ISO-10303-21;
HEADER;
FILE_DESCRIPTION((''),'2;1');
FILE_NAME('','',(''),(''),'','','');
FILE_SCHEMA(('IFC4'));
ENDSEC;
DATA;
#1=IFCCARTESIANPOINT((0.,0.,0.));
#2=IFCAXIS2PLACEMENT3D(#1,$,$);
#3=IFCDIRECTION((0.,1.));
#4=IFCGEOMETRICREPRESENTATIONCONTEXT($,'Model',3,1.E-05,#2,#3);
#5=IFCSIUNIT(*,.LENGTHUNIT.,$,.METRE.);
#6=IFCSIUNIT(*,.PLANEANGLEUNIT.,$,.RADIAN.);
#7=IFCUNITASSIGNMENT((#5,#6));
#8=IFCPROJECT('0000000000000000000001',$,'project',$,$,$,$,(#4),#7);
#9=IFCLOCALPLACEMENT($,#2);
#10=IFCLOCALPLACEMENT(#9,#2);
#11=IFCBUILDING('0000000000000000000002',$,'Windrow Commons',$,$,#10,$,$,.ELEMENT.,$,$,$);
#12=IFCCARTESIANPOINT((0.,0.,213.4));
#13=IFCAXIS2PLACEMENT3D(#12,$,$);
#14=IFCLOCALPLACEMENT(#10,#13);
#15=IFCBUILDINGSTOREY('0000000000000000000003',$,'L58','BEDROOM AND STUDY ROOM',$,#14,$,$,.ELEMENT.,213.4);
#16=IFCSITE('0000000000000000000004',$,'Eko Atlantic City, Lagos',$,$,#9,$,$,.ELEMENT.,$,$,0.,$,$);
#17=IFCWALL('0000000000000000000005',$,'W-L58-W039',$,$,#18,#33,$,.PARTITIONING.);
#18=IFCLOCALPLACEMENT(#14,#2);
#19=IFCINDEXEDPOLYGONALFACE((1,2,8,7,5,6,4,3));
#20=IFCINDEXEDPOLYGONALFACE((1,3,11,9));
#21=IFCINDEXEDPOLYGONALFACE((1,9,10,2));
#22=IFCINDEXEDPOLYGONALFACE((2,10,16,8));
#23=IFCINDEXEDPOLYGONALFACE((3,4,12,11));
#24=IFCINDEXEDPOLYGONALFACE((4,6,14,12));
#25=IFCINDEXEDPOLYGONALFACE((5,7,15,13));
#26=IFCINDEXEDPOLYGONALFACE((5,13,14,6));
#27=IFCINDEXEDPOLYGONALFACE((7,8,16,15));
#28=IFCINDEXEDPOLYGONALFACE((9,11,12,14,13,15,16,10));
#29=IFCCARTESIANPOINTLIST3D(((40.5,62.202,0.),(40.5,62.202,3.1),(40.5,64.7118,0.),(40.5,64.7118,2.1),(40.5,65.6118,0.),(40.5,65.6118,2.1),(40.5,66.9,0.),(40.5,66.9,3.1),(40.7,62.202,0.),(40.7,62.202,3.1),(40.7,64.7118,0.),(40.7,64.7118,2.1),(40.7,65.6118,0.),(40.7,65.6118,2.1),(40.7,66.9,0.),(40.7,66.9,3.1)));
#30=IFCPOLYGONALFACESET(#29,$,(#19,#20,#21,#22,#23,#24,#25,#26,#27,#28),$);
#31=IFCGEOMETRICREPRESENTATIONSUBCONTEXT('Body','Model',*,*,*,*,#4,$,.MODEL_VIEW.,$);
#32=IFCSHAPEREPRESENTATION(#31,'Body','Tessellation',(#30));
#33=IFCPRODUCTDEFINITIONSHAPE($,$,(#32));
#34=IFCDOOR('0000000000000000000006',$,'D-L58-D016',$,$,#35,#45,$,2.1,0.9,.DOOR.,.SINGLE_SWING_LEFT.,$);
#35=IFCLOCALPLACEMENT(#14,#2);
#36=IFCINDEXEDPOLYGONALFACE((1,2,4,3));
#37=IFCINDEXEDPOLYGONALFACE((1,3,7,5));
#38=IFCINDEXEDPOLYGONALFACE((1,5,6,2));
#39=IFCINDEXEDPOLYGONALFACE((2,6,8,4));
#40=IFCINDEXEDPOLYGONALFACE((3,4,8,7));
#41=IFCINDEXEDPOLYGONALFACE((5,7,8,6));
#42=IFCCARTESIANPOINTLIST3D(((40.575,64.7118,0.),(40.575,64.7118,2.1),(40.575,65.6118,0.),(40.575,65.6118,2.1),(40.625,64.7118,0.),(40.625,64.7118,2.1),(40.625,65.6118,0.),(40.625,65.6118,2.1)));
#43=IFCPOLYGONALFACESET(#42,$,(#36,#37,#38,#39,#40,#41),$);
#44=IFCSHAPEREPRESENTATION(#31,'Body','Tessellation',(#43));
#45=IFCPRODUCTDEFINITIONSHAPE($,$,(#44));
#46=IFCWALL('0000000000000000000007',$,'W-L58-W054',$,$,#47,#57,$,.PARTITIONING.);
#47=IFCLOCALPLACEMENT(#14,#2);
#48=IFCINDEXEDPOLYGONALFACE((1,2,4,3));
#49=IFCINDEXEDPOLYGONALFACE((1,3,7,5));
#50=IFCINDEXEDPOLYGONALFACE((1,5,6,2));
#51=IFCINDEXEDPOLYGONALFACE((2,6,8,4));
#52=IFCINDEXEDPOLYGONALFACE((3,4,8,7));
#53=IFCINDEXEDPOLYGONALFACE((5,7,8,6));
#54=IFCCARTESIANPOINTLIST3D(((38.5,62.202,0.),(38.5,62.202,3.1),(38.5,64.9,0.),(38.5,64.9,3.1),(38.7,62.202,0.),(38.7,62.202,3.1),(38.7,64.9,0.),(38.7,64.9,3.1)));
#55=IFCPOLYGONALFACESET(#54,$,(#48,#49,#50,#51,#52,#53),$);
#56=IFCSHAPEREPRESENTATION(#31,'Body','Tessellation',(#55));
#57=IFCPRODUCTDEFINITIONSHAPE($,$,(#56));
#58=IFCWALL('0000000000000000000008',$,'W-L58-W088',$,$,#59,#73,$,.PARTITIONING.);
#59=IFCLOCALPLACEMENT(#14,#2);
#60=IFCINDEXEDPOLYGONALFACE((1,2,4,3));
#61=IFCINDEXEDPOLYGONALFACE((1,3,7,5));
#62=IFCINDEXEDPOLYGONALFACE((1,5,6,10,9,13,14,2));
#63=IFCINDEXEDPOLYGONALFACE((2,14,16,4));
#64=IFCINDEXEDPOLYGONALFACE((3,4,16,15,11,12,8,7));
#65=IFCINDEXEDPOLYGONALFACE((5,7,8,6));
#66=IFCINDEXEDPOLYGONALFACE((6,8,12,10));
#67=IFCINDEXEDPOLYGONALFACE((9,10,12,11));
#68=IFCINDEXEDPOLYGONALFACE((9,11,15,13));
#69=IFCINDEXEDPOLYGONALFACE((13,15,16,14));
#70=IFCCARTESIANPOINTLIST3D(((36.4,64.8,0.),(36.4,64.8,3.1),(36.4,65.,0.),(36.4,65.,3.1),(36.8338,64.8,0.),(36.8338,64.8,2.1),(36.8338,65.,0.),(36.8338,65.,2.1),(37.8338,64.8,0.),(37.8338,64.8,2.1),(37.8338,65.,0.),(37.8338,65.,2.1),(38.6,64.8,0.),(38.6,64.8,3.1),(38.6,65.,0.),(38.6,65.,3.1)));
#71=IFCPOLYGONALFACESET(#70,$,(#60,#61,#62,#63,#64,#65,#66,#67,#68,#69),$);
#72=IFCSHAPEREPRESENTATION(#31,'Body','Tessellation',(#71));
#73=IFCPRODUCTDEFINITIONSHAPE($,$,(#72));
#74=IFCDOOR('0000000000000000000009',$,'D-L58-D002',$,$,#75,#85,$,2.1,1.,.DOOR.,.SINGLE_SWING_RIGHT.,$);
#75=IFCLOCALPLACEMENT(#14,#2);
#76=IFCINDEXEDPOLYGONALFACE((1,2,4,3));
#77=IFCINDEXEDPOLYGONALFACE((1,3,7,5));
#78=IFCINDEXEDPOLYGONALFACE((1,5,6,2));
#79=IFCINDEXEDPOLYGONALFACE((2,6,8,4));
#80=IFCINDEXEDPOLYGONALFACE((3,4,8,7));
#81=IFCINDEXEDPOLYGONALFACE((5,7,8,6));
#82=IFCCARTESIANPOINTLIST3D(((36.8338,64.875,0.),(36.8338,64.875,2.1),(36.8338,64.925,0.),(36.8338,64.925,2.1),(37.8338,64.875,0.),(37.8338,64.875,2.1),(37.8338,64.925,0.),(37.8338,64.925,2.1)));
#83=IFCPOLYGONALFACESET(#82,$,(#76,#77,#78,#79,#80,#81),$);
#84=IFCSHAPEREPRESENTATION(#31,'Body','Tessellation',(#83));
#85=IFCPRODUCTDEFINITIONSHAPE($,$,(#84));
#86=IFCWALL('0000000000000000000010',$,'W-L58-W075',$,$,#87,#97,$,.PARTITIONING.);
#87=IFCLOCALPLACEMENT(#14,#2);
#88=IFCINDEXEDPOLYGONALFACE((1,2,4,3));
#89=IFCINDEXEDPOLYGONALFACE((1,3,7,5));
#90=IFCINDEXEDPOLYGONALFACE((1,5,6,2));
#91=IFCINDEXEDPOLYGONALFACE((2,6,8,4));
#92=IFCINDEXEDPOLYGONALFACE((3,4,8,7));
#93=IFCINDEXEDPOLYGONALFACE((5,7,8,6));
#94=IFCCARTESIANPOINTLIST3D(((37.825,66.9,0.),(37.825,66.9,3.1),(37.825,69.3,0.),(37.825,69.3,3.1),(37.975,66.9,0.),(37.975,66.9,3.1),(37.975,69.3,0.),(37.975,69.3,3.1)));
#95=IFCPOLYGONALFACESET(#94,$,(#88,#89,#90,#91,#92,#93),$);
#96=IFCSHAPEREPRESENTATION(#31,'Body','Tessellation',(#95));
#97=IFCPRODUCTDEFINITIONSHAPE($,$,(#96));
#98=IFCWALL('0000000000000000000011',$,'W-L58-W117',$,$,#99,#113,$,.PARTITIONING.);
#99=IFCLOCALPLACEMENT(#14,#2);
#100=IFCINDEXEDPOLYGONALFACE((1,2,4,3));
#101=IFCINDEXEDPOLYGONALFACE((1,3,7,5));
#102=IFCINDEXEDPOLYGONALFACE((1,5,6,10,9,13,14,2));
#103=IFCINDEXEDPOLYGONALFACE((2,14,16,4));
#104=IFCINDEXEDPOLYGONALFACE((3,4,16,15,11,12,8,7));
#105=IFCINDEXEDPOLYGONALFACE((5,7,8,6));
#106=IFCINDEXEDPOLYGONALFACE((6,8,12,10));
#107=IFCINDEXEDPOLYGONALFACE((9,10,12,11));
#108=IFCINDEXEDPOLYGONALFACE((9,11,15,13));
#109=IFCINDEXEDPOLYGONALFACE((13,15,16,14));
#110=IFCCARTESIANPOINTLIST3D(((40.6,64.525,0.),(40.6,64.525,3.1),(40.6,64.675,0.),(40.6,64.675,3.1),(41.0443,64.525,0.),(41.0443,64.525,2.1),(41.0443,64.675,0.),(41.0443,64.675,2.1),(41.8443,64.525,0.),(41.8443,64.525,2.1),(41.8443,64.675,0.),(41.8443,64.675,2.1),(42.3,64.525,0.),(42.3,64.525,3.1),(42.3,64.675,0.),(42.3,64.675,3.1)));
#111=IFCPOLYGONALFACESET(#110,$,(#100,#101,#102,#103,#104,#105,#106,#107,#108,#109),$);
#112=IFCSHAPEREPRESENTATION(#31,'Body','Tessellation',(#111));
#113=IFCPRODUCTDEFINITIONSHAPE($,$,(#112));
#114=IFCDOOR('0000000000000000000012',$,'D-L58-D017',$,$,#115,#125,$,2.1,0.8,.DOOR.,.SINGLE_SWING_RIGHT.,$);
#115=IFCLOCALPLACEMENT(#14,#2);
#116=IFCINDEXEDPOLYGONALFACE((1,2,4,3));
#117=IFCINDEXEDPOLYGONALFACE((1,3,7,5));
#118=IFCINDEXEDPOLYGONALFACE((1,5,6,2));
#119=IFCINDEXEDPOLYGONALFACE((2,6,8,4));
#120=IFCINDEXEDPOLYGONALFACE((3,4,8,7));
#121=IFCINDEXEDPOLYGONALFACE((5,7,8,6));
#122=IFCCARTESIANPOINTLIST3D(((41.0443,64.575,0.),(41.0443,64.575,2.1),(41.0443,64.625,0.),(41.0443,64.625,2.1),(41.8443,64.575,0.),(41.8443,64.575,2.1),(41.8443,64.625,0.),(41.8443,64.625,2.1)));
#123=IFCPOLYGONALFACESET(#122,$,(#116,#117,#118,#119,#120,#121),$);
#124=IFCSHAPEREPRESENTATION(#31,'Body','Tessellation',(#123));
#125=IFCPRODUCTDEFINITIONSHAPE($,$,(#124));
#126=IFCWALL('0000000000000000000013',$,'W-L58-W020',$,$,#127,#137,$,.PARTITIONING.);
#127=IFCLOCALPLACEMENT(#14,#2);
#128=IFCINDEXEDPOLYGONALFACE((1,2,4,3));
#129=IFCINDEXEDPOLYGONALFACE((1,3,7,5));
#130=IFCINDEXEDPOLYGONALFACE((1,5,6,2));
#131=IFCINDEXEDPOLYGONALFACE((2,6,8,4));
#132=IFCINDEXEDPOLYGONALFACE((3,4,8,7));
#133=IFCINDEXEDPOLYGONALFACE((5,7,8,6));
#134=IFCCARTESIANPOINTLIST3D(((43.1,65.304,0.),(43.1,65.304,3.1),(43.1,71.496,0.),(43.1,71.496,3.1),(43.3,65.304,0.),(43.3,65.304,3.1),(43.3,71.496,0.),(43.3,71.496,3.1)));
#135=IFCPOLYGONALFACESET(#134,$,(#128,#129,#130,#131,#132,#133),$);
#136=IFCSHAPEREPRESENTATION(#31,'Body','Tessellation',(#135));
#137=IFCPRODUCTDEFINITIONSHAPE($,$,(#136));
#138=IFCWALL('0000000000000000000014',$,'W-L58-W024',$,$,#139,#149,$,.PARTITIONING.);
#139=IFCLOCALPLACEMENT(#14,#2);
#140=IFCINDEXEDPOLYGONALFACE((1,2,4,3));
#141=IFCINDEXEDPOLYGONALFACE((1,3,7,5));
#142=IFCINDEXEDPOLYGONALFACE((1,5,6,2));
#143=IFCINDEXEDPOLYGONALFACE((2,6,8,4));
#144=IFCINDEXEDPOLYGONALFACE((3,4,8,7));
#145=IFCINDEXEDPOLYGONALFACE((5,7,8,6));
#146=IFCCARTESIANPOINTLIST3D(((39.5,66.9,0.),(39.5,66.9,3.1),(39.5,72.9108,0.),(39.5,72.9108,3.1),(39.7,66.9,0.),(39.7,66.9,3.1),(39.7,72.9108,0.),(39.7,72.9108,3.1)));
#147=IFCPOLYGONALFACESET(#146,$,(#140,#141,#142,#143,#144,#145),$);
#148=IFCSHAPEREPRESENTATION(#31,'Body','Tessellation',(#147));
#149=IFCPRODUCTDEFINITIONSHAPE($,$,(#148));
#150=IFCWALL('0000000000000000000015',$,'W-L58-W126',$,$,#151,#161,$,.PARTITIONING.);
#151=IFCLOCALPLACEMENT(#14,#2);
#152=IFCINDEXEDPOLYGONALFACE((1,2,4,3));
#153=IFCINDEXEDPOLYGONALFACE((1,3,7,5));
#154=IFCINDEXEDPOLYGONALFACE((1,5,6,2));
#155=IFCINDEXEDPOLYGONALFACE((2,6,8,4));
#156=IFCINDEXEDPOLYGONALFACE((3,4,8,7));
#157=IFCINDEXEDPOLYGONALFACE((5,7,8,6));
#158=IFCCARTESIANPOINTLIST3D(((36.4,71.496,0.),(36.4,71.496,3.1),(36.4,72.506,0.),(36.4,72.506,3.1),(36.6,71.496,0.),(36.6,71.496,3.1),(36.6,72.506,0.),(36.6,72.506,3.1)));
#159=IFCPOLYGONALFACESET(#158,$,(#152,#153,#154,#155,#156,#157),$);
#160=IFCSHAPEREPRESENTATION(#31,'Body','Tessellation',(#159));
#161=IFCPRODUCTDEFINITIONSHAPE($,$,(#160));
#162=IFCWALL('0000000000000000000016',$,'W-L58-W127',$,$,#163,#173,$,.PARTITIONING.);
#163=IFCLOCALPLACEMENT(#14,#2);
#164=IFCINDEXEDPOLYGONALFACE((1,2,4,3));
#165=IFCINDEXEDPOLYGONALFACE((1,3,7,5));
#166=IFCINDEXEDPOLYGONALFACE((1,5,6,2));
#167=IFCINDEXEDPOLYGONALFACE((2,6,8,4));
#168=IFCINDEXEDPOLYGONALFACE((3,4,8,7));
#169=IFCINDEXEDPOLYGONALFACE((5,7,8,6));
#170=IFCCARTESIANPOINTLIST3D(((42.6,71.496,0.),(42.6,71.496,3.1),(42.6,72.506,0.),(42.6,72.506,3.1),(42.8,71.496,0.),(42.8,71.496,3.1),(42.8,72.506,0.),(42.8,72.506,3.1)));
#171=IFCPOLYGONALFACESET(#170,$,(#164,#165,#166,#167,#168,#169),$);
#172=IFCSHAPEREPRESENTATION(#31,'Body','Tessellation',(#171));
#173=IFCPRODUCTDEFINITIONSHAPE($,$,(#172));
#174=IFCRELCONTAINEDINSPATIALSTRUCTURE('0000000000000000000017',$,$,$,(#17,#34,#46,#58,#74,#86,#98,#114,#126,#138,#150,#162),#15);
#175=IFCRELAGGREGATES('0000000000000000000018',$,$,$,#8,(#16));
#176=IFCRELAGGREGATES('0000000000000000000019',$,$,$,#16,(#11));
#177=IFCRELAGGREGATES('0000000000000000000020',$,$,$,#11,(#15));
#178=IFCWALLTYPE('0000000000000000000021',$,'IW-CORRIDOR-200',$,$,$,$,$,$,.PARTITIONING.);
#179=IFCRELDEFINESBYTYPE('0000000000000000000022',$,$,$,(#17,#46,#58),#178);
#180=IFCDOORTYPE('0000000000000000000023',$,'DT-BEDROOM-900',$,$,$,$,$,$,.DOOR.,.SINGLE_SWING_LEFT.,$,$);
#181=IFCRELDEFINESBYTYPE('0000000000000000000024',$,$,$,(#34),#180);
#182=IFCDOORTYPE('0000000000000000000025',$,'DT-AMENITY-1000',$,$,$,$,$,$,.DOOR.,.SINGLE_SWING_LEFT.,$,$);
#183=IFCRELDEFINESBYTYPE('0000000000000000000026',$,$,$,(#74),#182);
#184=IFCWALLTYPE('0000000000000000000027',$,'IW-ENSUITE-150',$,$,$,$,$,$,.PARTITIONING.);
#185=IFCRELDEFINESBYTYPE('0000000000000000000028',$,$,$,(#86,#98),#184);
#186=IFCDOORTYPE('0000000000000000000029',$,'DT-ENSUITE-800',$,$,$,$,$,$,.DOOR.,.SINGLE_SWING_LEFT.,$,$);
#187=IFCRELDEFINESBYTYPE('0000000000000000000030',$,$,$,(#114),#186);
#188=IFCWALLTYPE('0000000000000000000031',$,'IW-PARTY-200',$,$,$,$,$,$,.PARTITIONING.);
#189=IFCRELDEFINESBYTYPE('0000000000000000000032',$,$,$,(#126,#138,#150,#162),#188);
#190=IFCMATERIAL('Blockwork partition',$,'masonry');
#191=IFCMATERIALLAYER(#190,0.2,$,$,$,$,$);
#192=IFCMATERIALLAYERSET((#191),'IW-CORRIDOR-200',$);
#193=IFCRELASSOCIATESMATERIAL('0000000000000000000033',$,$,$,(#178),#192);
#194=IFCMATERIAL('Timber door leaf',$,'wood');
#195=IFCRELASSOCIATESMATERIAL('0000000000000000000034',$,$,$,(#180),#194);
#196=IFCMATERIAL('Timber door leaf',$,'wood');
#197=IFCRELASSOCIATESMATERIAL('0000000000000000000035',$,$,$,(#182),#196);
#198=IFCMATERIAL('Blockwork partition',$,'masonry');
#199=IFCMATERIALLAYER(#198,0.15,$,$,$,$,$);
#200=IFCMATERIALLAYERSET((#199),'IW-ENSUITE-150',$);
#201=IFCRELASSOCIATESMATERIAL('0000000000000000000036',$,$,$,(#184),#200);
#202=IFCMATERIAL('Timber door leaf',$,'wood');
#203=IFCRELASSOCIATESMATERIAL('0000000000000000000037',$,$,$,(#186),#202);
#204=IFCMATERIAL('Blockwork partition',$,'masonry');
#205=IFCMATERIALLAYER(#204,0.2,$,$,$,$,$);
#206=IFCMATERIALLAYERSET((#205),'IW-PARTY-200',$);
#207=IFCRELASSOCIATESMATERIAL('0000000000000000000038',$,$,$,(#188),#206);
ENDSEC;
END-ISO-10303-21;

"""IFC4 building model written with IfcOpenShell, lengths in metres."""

from ifc_helpers import new_model, si_unit, direction, frame, frame_2d, origin, place, context, subcontext, project, spatial, rectangle, extrude, material, layer, layer_set, type_object, element, fill, save


model = new_model("IFC4")

# Units and contexts
model_context = context("Model", 3, precision=1e-05, world=origin(), true_north=direction((0.0, 1.0)))
body_context = subcontext(model_context, "Body", "Model", "MODEL_VIEW")
ifc_project = project(units=[si_unit("LENGTHUNIT", "METRE"), si_unit("PLANEANGLEUNIT", "RADIAN")], contexts=[model_context])

# Site, building, storey
site_placement = place(None, origin())
site = spatial("IfcSite", under=ifc_project, at=site_placement, Name="Eko Atlantic City, Lagos", CompositionType="ELEMENT", RefElevation=0.0)
building_placement = place(site_placement, origin())
building = spatial("IfcBuilding", under=site, at=building_placement, Name="Windrow Commons", CompositionType="ELEMENT")
storey_placement = place(building_placement, frame((0.0, 0.0, 213.4)))
storey = spatial("IfcBuildingStorey", under=building, at=storey_placement, Name="L58", Description="BEDROOM AND STUDY ROOM", CompositionType="ELEMENT", Elevation=213.4)

# Wall, opening, door
ifc_material_1 = material(Name="Blockwork partition", Category="masonry")
ifc_layer_1 = layer(ifc_material_1, 0.2)
ifc_layer_set_1 = layer_set([ifc_layer_1], Name="IW-CORRIDOR-200")
wall_type_1 = type_object("IfcWallType", Name="IW-CORRIDOR-200", PredefinedType="PARTITIONING", material=ifc_layer_set_1)
wall_1_placement = place(storey_placement, frame((40.6, 62.202, 0.0), z_axis=(0.0, 0.0, 1.0), x_axis=(0.0, 1.0, 0.0)))
wall_1 = element("IfcWall", 1, at=wall_1_placement, inside=storey, type_object=wall_type_1, Name="W-L58-W039", PredefinedType="PARTITIONING", context=body_context, shape_type="SweptSolid", body=[
    extrude(rectangle(XDim=4.698, YDim=0.2, at=frame_2d((2.349, 0.0))), origin(), (0.0, 0.0, 1.0), 3.1),
])
opening_1_placement = place(wall_1_placement, frame((2.5098, 0.0, 0.0)))
opening_1 = element("IfcOpeningElement", 2, at=opening_1_placement, cuts=wall_1, PredefinedType="OPENING", context=body_context, shape_type="SweptSolid", body=[
    extrude(rectangle(XDim=0.9, YDim=2.1, at=frame_2d((0.45, 1.05))), frame((0.0, 0.11, 0.0), z_axis=(0.0, -1.0, 0.0), x_axis=(1.0, 0.0, 0.0)), (0.0, 0.0, 1.0), 0.22),
])
ifc_material_2 = material(Name="Timber door leaf", Category="wood")
door_type_1 = type_object("IfcDoorType", Name="DT-BEDROOM-900", OperationType="SINGLE_SWING_LEFT", PredefinedType="DOOR", material=ifc_material_2)
door_1_placement = place(opening_1_placement, origin())
door_1 = element("IfcDoor", 3, at=door_1_placement, inside=storey, type_object=door_type_1, Name="D-L58-D016", OperationType="SINGLE_SWING_LEFT", OverallHeight=2.1, OverallWidth=0.9, PredefinedType="DOOR", context=body_context, shape_type="SweptSolid", body=[
    extrude(rectangle(XDim=0.9, YDim=2.1, at=frame_2d((0.45, 1.05))), frame((0.0, 0.025, 0.0), z_axis=(0.0, -1.0, 0.0), x_axis=(1.0, 0.0, 0.0)), (0.0, 0.0, 1.0), 0.05),
])
fill(opening_1, door_1)

# Wall
wall_2_placement = place(storey_placement, frame((38.6, 62.202, 0.0), z_axis=(0.0, 0.0, 1.0), x_axis=(0.0, 1.0, 0.0)))
element("IfcWall", 4, at=wall_2_placement, inside=storey, type_object=wall_type_1, Name="W-L58-W054", PredefinedType="PARTITIONING", context=body_context, shape_type="SweptSolid", body=[
    extrude(rectangle(XDim=2.698, YDim=0.2, at=frame_2d((1.349, 0.0))), origin(), (0.0, 0.0, 1.0), 3.1),
])

# Wall, opening, door
wall_3_placement = place(storey_placement, frame((36.4, 64.9, 0.0), z_axis=(0.0, 0.0, 1.0), x_axis=(1.0, 0.0, 0.0)))
wall_3 = element("IfcWall", 5, at=wall_3_placement, inside=storey, type_object=wall_type_1, Name="W-L58-W088", PredefinedType="PARTITIONING", context=body_context, shape_type="SweptSolid", body=[
    extrude(rectangle(XDim=2.2, YDim=0.2, at=frame_2d((1.1, 0.0))), origin(), (0.0, 0.0, 1.0), 3.1),
])
opening_2_placement = place(wall_3_placement, frame((0.4338, 0.0, 0.0)))
opening_2 = element("IfcOpeningElement", 6, at=opening_2_placement, cuts=wall_3, PredefinedType="OPENING", context=body_context, shape_type="SweptSolid", body=[
    extrude(rectangle(XDim=1.0, YDim=2.1, at=frame_2d((0.5, 1.05))), frame((0.0, 0.11, 0.0), z_axis=(0.0, -1.0, 0.0), x_axis=(1.0, 0.0, 0.0)), (0.0, 0.0, 1.0), 0.22),
])
ifc_material_3 = material(Name="Timber door leaf", Category="wood")
door_type_2 = type_object("IfcDoorType", Name="DT-AMENITY-1000", OperationType="SINGLE_SWING_LEFT", PredefinedType="DOOR", material=ifc_material_3)
door_2_placement = place(opening_2_placement, origin())
door_2 = element("IfcDoor", 7, at=door_2_placement, inside=storey, type_object=door_type_2, Name="D-L58-D002", OperationType="SINGLE_SWING_RIGHT", OverallHeight=2.1, OverallWidth=1.0, PredefinedType="DOOR", context=body_context, shape_type="SweptSolid", body=[
    extrude(rectangle(XDim=1.0, YDim=2.1, at=frame_2d((0.5, 1.05))), frame((0.0, 0.025, 0.0), z_axis=(0.0, -1.0, 0.0), x_axis=(1.0, 0.0, 0.0)), (0.0, 0.0, 1.0), 0.05),
])
fill(opening_2, door_2)

# Wall
ifc_material_4 = material(Name="Blockwork partition", Category="masonry")
ifc_layer_2 = layer(ifc_material_4, 0.15)
ifc_layer_set_2 = layer_set([ifc_layer_2], Name="IW-ENSUITE-150")
wall_type_2 = type_object("IfcWallType", Name="IW-ENSUITE-150", PredefinedType="PARTITIONING", material=ifc_layer_set_2)
wall_4_placement = place(storey_placement, frame((37.9, 66.9, 0.0), z_axis=(0.0, 0.0, 1.0), x_axis=(0.0, 1.0, 0.0)))
element("IfcWall", 8, at=wall_4_placement, inside=storey, type_object=wall_type_2, Name="W-L58-W075", PredefinedType="PARTITIONING", context=body_context, shape_type="SweptSolid", body=[
    extrude(rectangle(XDim=2.4, YDim=0.15, at=frame_2d((1.2, 0.0))), origin(), (0.0, 0.0, 1.0), 3.1),
])

# Wall, opening, door
wall_5_placement = place(storey_placement, frame((40.6, 64.6, 0.0), z_axis=(0.0, 0.0, 1.0), x_axis=(1.0, 0.0, 0.0)))
wall_5 = element("IfcWall", 9, at=wall_5_placement, inside=storey, type_object=wall_type_2, Name="W-L58-W117", PredefinedType="PARTITIONING", context=body_context, shape_type="SweptSolid", body=[
    extrude(rectangle(XDim=1.7, YDim=0.15, at=frame_2d((0.85, 0.0))), origin(), (0.0, 0.0, 1.0), 3.1),
])
opening_3_placement = place(wall_5_placement, frame((0.4443, 0.0, 0.0)))
opening_3 = element("IfcOpeningElement", 10, at=opening_3_placement, cuts=wall_5, PredefinedType="OPENING", context=body_context, shape_type="SweptSolid", body=[
    extrude(rectangle(XDim=0.8, YDim=2.1, at=frame_2d((0.4, 1.05))), frame((0.0, 0.085, 0.0), z_axis=(0.0, -1.0, 0.0), x_axis=(1.0, 0.0, 0.0)), (0.0, 0.0, 1.0), 0.17),
])
ifc_material_5 = material(Name="Timber door leaf", Category="wood")
door_type_3 = type_object("IfcDoorType", Name="DT-ENSUITE-800", OperationType="SINGLE_SWING_LEFT", PredefinedType="DOOR", material=ifc_material_5)
door_3_placement = place(opening_3_placement, origin())
door_3 = element("IfcDoor", 11, at=door_3_placement, inside=storey, type_object=door_type_3, Name="D-L58-D017", OperationType="SINGLE_SWING_RIGHT", OverallHeight=2.1, OverallWidth=0.8, PredefinedType="DOOR", context=body_context, shape_type="SweptSolid", body=[
    extrude(rectangle(XDim=0.8, YDim=2.1, at=frame_2d((0.4, 1.05))), frame((0.0, 0.025, 0.0), z_axis=(0.0, -1.0, 0.0), x_axis=(1.0, 0.0, 0.0)), (0.0, 0.0, 1.0), 0.05),
])
fill(opening_3, door_3)

# Walls
ifc_material_6 = material(Name="Blockwork partition", Category="masonry")
ifc_layer_3 = layer(ifc_material_6, 0.2)
ifc_layer_set_3 = layer_set([ifc_layer_3], Name="IW-PARTY-200")
wall_type_3 = type_object("IfcWallType", Name="IW-PARTY-200", PredefinedType="PARTITIONING", material=ifc_layer_set_3)
wall_6_placement = place(storey_placement, frame((43.2, 65.304, 0.0), z_axis=(0.0, 0.0, 1.0), x_axis=(0.0, 1.0, 0.0)))
element("IfcWall", 12, at=wall_6_placement, inside=storey, type_object=wall_type_3, Name="W-L58-W020", PredefinedType="PARTITIONING", context=body_context, shape_type="SweptSolid", body=[
    extrude(rectangle(XDim=6.192, YDim=0.2, at=frame_2d((3.096, 0.0))), origin(), (0.0, 0.0, 1.0), 3.1),
])
wall_7_placement = place(storey_placement, frame((39.6, 66.9, 0.0), z_axis=(0.0, 0.0, 1.0), x_axis=(0.0, 1.0, 0.0)))
element("IfcWall", 13, at=wall_7_placement, inside=storey, type_object=wall_type_3, Name="W-L58-W024", PredefinedType="PARTITIONING", context=body_context, shape_type="SweptSolid", body=[
    extrude(rectangle(XDim=6.0108, YDim=0.2, at=frame_2d((3.0054, 0.0))), origin(), (0.0, 0.0, 1.0), 3.1),
])
for number, where, z_axis, x_axis, name in (
    (14, (36.5, 71.496, 0.0), (0.0, 0.0, 1.0), (0.0, 1.0, 0.0), "W-L58-W126"),
    (15, (42.7, 71.496, 0.0), (0.0, 0.0, 1.0), (0.0, 1.0, 0.0), "W-L58-W127"),
):
    element("IfcWall", number, at=place(storey_placement, frame(where, z_axis=z_axis, x_axis=x_axis)), inside=storey, type_object=wall_type_3, Name=name, PredefinedType="PARTITIONING", context=body_context, shape_type="SweptSolid", body=[
        extrude(rectangle(XDim=1.01, YDim=0.2, at=frame_2d((0.505, 0.0))), origin(), (0.0, 0.0, 1.0), 3.1),
    ])

save(model, "model.ifc")
